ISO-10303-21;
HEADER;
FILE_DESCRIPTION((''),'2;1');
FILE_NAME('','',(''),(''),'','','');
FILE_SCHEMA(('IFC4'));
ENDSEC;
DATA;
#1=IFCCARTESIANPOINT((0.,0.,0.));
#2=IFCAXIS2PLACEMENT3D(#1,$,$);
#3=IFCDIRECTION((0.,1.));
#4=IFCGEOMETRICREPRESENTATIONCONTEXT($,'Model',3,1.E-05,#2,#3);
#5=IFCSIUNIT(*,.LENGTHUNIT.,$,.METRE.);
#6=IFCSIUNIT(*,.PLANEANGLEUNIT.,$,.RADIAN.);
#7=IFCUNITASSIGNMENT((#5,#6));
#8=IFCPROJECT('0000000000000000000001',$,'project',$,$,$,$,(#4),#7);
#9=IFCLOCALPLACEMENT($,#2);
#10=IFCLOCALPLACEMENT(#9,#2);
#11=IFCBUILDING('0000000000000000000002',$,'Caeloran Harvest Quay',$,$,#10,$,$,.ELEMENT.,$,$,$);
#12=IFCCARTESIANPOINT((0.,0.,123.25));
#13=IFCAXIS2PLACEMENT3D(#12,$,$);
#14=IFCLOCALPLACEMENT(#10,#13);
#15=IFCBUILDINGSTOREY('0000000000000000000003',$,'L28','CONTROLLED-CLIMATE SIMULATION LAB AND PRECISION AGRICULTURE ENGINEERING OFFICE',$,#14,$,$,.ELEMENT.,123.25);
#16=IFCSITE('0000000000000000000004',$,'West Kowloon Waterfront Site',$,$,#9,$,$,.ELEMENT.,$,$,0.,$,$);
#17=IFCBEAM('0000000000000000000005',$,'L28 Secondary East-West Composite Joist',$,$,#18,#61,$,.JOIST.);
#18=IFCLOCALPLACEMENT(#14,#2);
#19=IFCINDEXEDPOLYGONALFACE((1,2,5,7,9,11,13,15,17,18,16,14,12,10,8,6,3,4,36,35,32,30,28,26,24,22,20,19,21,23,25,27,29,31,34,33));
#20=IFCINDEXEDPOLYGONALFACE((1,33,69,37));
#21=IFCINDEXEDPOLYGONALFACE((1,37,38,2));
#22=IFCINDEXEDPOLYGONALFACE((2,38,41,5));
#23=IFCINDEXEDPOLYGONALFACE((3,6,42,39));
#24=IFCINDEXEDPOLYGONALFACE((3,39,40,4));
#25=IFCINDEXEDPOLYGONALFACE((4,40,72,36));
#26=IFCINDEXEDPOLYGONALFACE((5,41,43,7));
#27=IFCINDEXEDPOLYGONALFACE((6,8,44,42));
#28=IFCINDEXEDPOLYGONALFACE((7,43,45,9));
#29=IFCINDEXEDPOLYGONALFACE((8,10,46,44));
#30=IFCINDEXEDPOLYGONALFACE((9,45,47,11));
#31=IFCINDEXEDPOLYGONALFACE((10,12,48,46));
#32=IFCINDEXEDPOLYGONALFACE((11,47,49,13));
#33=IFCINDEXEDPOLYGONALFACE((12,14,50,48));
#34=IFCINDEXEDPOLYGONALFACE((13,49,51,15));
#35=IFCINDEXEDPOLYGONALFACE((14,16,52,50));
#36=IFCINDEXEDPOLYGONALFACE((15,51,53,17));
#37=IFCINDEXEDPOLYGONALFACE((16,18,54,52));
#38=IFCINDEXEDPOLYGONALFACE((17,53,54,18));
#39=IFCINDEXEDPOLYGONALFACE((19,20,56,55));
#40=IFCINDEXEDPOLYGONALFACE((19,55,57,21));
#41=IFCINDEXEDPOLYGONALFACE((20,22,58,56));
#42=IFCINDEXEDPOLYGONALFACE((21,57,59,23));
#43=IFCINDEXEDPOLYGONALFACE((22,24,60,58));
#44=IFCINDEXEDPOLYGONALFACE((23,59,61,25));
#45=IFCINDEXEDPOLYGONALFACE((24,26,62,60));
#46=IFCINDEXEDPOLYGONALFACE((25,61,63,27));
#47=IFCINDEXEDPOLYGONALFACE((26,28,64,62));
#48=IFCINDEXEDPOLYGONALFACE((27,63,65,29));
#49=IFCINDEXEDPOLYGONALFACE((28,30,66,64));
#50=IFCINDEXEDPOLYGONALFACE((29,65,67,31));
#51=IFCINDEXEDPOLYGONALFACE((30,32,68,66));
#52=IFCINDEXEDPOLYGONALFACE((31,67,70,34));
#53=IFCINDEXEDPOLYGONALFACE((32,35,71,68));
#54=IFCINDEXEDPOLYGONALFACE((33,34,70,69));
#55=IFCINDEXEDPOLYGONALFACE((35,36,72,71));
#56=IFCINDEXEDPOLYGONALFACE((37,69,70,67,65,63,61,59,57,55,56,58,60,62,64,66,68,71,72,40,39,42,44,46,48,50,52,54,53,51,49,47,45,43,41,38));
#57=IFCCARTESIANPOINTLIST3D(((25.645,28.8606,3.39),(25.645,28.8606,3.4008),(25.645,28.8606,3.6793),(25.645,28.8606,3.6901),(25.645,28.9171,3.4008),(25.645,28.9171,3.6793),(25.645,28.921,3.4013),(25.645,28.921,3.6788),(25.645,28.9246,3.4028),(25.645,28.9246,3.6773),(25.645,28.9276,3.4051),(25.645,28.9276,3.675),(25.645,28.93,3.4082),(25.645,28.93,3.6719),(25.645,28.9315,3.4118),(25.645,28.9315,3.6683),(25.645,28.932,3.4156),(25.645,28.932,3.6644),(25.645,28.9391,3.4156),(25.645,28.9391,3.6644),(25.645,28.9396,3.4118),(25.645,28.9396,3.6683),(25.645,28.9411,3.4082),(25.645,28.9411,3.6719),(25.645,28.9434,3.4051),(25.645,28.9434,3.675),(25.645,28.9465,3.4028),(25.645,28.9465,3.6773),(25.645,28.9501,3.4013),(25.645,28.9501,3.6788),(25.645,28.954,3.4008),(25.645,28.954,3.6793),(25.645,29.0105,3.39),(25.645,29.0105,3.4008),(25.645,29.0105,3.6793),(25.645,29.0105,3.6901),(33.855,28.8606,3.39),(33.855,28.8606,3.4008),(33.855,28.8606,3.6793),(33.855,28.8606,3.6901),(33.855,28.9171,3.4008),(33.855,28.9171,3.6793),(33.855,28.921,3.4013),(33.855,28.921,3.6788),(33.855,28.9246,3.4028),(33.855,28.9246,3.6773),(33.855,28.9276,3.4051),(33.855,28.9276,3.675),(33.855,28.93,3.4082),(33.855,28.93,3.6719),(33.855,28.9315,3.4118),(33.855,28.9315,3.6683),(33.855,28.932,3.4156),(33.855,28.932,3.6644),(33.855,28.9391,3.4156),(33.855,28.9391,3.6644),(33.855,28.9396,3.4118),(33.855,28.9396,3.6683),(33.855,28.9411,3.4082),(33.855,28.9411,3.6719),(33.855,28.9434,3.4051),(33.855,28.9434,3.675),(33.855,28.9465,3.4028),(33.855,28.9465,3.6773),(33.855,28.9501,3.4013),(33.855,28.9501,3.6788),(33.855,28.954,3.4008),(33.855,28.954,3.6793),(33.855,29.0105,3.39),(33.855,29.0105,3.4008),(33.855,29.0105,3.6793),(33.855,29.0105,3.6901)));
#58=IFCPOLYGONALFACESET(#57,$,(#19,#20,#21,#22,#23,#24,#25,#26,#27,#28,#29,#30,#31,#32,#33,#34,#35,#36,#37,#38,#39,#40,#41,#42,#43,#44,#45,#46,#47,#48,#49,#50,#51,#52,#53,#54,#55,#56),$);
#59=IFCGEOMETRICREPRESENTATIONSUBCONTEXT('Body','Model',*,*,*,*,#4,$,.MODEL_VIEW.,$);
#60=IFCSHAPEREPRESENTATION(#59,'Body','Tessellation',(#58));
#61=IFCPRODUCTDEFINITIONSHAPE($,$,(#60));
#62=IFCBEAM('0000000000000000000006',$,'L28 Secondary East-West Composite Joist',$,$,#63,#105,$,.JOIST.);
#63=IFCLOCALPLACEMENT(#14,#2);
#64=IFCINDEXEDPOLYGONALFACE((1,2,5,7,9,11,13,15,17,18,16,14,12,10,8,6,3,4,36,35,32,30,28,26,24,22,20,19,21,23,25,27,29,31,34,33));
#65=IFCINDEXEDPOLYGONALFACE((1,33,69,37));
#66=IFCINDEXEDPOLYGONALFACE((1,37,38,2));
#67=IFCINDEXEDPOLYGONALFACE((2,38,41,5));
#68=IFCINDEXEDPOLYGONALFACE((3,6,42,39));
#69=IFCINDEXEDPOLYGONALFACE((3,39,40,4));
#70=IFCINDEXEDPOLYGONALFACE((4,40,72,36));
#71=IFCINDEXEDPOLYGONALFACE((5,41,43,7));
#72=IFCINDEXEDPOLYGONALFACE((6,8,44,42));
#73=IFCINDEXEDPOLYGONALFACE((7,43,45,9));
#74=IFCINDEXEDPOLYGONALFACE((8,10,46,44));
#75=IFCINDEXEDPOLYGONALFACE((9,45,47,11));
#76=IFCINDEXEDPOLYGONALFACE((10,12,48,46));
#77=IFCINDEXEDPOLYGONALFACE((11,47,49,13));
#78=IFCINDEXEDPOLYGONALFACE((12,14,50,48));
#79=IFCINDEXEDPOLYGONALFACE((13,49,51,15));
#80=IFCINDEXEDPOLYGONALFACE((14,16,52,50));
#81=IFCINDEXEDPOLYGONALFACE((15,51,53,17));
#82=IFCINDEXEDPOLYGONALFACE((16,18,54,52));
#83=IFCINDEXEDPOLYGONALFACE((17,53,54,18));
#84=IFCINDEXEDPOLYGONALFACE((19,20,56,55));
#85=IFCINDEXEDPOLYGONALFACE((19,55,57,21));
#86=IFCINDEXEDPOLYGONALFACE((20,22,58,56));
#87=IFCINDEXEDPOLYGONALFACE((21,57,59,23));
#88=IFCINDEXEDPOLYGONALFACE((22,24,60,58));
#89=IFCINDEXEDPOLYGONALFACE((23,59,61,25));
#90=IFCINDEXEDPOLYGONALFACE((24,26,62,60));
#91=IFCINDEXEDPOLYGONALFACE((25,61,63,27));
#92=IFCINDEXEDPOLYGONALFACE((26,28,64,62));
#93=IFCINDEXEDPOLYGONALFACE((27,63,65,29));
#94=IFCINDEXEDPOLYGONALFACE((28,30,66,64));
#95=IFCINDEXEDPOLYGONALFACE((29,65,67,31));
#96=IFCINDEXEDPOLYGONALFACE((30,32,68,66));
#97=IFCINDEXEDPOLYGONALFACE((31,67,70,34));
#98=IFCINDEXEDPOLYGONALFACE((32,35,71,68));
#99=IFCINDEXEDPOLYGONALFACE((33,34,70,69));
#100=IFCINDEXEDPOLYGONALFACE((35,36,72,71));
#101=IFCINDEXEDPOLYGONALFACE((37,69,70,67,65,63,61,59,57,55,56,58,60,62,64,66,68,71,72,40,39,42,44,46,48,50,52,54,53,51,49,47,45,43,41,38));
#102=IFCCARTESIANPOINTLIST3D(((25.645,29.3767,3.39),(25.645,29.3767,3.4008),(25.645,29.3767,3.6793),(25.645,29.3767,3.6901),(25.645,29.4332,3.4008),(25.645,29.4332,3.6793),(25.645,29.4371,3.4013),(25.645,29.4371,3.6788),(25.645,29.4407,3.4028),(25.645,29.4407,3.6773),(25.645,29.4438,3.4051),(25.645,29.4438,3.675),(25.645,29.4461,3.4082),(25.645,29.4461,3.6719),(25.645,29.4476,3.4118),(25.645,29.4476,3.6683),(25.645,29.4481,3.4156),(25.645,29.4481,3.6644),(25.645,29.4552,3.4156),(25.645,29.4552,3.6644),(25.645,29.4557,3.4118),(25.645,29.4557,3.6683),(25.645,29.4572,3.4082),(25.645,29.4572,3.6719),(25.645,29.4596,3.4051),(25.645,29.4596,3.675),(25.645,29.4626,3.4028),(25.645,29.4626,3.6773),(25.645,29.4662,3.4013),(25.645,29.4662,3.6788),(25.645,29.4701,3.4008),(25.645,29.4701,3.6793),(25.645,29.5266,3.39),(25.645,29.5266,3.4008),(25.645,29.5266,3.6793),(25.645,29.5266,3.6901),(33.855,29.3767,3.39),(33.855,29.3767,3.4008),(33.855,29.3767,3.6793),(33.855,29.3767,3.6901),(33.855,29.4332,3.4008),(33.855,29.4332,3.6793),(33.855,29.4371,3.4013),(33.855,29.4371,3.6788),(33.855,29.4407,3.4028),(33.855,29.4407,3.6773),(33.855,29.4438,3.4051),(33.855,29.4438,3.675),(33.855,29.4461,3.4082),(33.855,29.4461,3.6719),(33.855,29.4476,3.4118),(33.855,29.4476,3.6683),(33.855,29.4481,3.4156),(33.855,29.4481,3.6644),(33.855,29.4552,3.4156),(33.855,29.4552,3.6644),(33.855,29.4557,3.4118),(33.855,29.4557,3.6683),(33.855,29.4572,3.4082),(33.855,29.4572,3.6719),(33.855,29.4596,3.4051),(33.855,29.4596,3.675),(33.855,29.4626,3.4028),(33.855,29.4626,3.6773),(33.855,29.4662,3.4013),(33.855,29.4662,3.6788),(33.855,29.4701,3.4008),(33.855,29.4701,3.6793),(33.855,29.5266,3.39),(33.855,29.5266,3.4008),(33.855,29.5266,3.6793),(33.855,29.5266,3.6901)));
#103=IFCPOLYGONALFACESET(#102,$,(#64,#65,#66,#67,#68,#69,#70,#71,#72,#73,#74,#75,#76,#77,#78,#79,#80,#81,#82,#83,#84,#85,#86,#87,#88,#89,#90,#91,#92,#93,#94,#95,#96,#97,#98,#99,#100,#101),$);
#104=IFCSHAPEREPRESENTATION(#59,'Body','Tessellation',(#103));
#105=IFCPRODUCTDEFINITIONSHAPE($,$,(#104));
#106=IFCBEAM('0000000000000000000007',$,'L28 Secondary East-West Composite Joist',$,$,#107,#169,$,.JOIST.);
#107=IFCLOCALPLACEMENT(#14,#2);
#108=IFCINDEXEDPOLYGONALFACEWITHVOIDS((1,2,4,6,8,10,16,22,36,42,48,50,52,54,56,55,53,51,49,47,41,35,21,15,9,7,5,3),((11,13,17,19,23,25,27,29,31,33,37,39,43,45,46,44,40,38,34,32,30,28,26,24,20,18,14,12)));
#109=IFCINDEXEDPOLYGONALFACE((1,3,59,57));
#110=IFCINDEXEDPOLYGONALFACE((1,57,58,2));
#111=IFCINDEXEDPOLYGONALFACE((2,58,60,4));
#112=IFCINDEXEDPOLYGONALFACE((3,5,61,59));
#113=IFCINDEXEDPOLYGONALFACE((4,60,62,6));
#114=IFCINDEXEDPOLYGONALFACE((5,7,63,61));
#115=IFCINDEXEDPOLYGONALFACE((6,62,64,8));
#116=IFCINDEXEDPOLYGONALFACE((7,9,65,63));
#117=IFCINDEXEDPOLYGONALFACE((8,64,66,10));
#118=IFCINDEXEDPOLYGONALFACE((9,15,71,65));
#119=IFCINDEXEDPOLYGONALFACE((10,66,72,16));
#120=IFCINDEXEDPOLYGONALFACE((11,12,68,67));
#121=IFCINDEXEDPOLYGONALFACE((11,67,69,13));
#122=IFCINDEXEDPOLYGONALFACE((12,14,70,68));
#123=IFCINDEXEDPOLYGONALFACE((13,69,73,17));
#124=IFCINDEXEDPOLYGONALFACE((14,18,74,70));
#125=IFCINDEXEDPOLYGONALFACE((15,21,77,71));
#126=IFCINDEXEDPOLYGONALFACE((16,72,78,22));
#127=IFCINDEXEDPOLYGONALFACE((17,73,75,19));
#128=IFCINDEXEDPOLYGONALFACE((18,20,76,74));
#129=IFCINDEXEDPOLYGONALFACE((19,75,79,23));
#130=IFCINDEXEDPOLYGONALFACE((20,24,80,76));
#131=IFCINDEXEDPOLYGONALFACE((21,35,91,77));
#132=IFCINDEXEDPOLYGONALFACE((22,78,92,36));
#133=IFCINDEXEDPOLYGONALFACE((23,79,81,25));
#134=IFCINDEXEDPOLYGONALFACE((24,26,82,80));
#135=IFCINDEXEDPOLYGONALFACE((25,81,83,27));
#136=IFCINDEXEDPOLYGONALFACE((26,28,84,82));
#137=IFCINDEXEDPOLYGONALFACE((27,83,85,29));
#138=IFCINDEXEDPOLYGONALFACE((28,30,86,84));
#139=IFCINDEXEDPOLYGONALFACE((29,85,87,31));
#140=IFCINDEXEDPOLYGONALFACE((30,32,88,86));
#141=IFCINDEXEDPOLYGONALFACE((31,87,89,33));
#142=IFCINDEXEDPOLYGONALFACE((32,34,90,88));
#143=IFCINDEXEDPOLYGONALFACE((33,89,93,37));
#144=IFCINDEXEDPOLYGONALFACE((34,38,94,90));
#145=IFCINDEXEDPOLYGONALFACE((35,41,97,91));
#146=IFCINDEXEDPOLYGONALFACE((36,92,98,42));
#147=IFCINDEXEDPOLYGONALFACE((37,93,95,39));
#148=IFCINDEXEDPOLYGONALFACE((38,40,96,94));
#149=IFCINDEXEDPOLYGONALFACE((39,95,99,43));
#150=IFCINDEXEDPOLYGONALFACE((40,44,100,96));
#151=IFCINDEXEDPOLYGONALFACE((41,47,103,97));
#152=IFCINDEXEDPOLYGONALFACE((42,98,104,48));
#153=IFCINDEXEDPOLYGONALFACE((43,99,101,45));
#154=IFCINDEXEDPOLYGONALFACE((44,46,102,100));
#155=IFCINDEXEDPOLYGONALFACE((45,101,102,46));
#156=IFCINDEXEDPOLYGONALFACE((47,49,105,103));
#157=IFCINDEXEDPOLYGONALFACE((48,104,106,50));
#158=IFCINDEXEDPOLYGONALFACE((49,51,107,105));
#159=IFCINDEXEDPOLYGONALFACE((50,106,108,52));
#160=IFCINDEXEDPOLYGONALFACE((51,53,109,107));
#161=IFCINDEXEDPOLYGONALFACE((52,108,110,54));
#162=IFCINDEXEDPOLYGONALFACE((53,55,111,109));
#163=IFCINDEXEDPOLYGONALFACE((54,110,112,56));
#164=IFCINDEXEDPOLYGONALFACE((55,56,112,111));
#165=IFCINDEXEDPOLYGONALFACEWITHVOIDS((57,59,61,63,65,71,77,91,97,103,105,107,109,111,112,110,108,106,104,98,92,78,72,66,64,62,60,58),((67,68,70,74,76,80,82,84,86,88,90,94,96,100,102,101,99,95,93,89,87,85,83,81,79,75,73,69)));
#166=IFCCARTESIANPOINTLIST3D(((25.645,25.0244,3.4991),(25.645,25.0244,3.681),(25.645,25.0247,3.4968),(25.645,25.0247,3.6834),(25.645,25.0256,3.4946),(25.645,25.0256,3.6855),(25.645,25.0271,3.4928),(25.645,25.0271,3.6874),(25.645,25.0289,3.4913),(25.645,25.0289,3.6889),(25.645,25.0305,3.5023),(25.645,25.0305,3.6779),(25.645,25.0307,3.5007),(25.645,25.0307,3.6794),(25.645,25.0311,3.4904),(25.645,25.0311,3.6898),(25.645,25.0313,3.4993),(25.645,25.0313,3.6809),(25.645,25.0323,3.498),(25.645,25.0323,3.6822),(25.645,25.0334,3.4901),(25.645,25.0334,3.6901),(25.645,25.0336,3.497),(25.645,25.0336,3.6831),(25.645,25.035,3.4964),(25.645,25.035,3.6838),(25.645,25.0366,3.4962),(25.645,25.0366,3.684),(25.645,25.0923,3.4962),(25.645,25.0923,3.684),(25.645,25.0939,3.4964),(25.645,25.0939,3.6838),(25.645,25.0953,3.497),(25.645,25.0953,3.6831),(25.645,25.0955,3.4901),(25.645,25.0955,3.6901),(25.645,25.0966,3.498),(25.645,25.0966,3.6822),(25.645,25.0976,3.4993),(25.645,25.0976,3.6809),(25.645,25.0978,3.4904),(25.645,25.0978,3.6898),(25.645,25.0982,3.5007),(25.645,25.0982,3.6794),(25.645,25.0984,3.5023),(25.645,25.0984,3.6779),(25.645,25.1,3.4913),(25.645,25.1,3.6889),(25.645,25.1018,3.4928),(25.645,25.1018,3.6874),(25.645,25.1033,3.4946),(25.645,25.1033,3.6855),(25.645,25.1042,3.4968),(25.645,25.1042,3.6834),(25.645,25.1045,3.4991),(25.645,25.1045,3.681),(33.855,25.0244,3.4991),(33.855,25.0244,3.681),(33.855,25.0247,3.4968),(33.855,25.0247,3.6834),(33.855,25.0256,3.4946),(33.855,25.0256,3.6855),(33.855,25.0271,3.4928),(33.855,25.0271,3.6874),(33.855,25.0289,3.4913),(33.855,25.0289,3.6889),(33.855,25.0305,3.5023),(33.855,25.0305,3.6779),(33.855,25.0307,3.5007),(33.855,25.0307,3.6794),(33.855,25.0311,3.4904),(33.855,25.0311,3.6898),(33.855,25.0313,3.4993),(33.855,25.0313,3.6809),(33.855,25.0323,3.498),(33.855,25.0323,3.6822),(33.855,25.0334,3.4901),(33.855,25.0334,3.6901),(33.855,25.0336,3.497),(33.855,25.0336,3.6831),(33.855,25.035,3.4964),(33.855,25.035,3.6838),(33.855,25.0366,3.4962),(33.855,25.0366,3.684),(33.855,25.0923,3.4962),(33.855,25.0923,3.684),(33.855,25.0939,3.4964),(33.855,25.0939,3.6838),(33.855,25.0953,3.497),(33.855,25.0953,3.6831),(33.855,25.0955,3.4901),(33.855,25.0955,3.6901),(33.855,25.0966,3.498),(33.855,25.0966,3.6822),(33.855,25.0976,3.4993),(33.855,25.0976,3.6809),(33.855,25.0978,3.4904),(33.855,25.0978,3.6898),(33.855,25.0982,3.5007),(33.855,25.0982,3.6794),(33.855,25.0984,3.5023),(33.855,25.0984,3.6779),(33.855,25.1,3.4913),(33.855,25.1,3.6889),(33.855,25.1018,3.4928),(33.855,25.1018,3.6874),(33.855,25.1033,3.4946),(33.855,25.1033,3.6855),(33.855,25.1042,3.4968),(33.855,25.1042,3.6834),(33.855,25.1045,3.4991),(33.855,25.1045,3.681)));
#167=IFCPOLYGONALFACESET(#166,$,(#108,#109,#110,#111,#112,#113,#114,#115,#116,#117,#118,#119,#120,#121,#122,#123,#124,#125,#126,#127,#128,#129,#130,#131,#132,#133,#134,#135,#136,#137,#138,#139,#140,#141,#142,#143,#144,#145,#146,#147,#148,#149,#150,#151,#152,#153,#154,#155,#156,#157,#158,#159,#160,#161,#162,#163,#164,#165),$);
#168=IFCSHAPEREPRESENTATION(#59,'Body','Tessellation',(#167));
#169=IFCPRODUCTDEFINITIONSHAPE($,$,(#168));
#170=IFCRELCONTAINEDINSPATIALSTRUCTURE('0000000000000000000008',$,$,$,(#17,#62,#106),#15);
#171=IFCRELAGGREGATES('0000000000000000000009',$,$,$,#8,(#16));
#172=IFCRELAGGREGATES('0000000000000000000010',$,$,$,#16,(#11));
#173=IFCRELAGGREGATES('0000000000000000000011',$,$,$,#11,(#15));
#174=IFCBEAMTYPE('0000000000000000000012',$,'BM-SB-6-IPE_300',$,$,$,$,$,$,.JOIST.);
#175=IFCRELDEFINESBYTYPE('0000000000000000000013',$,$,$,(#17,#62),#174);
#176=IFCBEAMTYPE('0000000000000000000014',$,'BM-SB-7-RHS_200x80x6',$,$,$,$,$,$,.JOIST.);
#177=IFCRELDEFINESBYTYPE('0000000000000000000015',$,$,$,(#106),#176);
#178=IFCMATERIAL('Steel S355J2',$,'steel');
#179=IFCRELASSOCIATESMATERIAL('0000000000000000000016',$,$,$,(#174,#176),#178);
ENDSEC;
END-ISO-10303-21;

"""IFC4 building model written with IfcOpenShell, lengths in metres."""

from ifc_helpers import new_model, si_unit, direction, frame, origin, origin_2d, place, context, subcontext, project, spatial, hollow_rectangle, i_section, extrude, material, material_profile, profile_set, type_object, element, save


model = new_model("IFC4")

# Units and contexts
model_context = context("Model", 3, precision=1e-05, world=origin(), true_north=direction((0.0, 1.0)))
body_context = subcontext(model_context, "Body", "Model", "MODEL_VIEW")
ifc_project = project(units=[si_unit("LENGTHUNIT", "METRE"), si_unit("PLANEANGLEUNIT", "RADIAN")], contexts=[model_context])

# Site, building, storey
site_placement = place(None, origin())
site = spatial("IfcSite", under=ifc_project, at=site_placement, Name="West Kowloon Waterfront Site", CompositionType="ELEMENT", RefElevation=0.0)
building_placement = place(site_placement, origin())
building = spatial("IfcBuilding", under=site, at=building_placement, Name="Caeloran Harvest Quay", CompositionType="ELEMENT")
storey_placement = place(building_placement, frame((0.0, 0.0, 123.25)))
storey = spatial("IfcBuildingStorey", under=building, at=storey_placement, Name="L28", Description="CONTROLLED-CLIMATE SIMULATION LAB AND PRECISION AGRICULTURE ENGINEERING OFFICE", CompositionType="ELEMENT", Elevation=123.25)

# Beams
ifc_material = material(Name="Steel S355J2", Category="steel")
ifc_material_profile_1 = material_profile(ifc_material, i_section(OverallWidth=0.1499, OverallDepth=0.3, WebThickness=0.0071, FlangeThickness=0.0107, FilletRadius=0.0149, at=origin_2d()), Name="IPE 300")
ifc_profile_set_1 = profile_set([ifc_material_profile_1], Name="Steel S355J2")
beam_type_1 = type_object("IfcBeamType", Name="BM-SB-6-IPE_300", PredefinedType="JOIST", material=ifc_profile_set_1)
for number, where, z_axis, x_axis, name in (
    (1, (25.645, 28.9355, 3.54), (1.0, 0.0, 0.0), (0.0, 1.0, 0.0), "L28 Secondary East-West Composite Joist"),
    (2, (25.645, 29.4517, 3.54), (1.0, 0.0, 0.0), (0.0, 1.0, 0.0), "L28 Secondary East-West Composite Joist"),
):
    element("IfcBeam", number, at=place(storey_placement, frame(where, z_axis=z_axis, x_axis=x_axis)), inside=storey, type_object=beam_type_1, Name=name, PredefinedType="JOIST", context=body_context, shape_type="SweptSolid", body=[
        extrude(i_section(OverallWidth=0.1499, OverallDepth=0.3, WebThickness=0.0071, FlangeThickness=0.0107, FilletRadius=0.0149, at=origin_2d()), origin(), (0.0, 0.0, 1.0), 8.21),
    ])
ifc_material_profile_2 = material_profile(ifc_material, hollow_rectangle(XDim=0.0801, YDim=0.2, WallThickness=0.0061, InnerFilletRadius=0.0061, OuterFilletRadius=0.009, at=origin_2d()), Name="RHS 200x80x6")
ifc_profile_set_2 = profile_set([ifc_material_profile_2], Name="Steel S355J2")
beam_type_2 = type_object("IfcBeamType", Name="BM-SB-7-RHS_200x80x6", PredefinedType="JOIST", material=ifc_profile_set_2)
for number, where, z_axis, x_axis, name in (
    (3, (25.645, 25.0645, 3.5901), (1.0, 0.0, 0.0), (0.0, 1.0, 0.0), "L28 Secondary East-West Composite Joist"),
):
    element("IfcBeam", number, at=place(storey_placement, frame(where, z_axis=z_axis, x_axis=x_axis)), inside=storey, type_object=beam_type_2, Name=name, PredefinedType="JOIST", context=body_context, shape_type="SweptSolid", body=[
        extrude(hollow_rectangle(XDim=0.0801, YDim=0.2, WallThickness=0.0061, InnerFilletRadius=0.0061, OuterFilletRadius=0.009, at=origin_2d()), origin(), (0.0, 0.0, 1.0), 8.21),
    ])

save(model, "model.ifc")
